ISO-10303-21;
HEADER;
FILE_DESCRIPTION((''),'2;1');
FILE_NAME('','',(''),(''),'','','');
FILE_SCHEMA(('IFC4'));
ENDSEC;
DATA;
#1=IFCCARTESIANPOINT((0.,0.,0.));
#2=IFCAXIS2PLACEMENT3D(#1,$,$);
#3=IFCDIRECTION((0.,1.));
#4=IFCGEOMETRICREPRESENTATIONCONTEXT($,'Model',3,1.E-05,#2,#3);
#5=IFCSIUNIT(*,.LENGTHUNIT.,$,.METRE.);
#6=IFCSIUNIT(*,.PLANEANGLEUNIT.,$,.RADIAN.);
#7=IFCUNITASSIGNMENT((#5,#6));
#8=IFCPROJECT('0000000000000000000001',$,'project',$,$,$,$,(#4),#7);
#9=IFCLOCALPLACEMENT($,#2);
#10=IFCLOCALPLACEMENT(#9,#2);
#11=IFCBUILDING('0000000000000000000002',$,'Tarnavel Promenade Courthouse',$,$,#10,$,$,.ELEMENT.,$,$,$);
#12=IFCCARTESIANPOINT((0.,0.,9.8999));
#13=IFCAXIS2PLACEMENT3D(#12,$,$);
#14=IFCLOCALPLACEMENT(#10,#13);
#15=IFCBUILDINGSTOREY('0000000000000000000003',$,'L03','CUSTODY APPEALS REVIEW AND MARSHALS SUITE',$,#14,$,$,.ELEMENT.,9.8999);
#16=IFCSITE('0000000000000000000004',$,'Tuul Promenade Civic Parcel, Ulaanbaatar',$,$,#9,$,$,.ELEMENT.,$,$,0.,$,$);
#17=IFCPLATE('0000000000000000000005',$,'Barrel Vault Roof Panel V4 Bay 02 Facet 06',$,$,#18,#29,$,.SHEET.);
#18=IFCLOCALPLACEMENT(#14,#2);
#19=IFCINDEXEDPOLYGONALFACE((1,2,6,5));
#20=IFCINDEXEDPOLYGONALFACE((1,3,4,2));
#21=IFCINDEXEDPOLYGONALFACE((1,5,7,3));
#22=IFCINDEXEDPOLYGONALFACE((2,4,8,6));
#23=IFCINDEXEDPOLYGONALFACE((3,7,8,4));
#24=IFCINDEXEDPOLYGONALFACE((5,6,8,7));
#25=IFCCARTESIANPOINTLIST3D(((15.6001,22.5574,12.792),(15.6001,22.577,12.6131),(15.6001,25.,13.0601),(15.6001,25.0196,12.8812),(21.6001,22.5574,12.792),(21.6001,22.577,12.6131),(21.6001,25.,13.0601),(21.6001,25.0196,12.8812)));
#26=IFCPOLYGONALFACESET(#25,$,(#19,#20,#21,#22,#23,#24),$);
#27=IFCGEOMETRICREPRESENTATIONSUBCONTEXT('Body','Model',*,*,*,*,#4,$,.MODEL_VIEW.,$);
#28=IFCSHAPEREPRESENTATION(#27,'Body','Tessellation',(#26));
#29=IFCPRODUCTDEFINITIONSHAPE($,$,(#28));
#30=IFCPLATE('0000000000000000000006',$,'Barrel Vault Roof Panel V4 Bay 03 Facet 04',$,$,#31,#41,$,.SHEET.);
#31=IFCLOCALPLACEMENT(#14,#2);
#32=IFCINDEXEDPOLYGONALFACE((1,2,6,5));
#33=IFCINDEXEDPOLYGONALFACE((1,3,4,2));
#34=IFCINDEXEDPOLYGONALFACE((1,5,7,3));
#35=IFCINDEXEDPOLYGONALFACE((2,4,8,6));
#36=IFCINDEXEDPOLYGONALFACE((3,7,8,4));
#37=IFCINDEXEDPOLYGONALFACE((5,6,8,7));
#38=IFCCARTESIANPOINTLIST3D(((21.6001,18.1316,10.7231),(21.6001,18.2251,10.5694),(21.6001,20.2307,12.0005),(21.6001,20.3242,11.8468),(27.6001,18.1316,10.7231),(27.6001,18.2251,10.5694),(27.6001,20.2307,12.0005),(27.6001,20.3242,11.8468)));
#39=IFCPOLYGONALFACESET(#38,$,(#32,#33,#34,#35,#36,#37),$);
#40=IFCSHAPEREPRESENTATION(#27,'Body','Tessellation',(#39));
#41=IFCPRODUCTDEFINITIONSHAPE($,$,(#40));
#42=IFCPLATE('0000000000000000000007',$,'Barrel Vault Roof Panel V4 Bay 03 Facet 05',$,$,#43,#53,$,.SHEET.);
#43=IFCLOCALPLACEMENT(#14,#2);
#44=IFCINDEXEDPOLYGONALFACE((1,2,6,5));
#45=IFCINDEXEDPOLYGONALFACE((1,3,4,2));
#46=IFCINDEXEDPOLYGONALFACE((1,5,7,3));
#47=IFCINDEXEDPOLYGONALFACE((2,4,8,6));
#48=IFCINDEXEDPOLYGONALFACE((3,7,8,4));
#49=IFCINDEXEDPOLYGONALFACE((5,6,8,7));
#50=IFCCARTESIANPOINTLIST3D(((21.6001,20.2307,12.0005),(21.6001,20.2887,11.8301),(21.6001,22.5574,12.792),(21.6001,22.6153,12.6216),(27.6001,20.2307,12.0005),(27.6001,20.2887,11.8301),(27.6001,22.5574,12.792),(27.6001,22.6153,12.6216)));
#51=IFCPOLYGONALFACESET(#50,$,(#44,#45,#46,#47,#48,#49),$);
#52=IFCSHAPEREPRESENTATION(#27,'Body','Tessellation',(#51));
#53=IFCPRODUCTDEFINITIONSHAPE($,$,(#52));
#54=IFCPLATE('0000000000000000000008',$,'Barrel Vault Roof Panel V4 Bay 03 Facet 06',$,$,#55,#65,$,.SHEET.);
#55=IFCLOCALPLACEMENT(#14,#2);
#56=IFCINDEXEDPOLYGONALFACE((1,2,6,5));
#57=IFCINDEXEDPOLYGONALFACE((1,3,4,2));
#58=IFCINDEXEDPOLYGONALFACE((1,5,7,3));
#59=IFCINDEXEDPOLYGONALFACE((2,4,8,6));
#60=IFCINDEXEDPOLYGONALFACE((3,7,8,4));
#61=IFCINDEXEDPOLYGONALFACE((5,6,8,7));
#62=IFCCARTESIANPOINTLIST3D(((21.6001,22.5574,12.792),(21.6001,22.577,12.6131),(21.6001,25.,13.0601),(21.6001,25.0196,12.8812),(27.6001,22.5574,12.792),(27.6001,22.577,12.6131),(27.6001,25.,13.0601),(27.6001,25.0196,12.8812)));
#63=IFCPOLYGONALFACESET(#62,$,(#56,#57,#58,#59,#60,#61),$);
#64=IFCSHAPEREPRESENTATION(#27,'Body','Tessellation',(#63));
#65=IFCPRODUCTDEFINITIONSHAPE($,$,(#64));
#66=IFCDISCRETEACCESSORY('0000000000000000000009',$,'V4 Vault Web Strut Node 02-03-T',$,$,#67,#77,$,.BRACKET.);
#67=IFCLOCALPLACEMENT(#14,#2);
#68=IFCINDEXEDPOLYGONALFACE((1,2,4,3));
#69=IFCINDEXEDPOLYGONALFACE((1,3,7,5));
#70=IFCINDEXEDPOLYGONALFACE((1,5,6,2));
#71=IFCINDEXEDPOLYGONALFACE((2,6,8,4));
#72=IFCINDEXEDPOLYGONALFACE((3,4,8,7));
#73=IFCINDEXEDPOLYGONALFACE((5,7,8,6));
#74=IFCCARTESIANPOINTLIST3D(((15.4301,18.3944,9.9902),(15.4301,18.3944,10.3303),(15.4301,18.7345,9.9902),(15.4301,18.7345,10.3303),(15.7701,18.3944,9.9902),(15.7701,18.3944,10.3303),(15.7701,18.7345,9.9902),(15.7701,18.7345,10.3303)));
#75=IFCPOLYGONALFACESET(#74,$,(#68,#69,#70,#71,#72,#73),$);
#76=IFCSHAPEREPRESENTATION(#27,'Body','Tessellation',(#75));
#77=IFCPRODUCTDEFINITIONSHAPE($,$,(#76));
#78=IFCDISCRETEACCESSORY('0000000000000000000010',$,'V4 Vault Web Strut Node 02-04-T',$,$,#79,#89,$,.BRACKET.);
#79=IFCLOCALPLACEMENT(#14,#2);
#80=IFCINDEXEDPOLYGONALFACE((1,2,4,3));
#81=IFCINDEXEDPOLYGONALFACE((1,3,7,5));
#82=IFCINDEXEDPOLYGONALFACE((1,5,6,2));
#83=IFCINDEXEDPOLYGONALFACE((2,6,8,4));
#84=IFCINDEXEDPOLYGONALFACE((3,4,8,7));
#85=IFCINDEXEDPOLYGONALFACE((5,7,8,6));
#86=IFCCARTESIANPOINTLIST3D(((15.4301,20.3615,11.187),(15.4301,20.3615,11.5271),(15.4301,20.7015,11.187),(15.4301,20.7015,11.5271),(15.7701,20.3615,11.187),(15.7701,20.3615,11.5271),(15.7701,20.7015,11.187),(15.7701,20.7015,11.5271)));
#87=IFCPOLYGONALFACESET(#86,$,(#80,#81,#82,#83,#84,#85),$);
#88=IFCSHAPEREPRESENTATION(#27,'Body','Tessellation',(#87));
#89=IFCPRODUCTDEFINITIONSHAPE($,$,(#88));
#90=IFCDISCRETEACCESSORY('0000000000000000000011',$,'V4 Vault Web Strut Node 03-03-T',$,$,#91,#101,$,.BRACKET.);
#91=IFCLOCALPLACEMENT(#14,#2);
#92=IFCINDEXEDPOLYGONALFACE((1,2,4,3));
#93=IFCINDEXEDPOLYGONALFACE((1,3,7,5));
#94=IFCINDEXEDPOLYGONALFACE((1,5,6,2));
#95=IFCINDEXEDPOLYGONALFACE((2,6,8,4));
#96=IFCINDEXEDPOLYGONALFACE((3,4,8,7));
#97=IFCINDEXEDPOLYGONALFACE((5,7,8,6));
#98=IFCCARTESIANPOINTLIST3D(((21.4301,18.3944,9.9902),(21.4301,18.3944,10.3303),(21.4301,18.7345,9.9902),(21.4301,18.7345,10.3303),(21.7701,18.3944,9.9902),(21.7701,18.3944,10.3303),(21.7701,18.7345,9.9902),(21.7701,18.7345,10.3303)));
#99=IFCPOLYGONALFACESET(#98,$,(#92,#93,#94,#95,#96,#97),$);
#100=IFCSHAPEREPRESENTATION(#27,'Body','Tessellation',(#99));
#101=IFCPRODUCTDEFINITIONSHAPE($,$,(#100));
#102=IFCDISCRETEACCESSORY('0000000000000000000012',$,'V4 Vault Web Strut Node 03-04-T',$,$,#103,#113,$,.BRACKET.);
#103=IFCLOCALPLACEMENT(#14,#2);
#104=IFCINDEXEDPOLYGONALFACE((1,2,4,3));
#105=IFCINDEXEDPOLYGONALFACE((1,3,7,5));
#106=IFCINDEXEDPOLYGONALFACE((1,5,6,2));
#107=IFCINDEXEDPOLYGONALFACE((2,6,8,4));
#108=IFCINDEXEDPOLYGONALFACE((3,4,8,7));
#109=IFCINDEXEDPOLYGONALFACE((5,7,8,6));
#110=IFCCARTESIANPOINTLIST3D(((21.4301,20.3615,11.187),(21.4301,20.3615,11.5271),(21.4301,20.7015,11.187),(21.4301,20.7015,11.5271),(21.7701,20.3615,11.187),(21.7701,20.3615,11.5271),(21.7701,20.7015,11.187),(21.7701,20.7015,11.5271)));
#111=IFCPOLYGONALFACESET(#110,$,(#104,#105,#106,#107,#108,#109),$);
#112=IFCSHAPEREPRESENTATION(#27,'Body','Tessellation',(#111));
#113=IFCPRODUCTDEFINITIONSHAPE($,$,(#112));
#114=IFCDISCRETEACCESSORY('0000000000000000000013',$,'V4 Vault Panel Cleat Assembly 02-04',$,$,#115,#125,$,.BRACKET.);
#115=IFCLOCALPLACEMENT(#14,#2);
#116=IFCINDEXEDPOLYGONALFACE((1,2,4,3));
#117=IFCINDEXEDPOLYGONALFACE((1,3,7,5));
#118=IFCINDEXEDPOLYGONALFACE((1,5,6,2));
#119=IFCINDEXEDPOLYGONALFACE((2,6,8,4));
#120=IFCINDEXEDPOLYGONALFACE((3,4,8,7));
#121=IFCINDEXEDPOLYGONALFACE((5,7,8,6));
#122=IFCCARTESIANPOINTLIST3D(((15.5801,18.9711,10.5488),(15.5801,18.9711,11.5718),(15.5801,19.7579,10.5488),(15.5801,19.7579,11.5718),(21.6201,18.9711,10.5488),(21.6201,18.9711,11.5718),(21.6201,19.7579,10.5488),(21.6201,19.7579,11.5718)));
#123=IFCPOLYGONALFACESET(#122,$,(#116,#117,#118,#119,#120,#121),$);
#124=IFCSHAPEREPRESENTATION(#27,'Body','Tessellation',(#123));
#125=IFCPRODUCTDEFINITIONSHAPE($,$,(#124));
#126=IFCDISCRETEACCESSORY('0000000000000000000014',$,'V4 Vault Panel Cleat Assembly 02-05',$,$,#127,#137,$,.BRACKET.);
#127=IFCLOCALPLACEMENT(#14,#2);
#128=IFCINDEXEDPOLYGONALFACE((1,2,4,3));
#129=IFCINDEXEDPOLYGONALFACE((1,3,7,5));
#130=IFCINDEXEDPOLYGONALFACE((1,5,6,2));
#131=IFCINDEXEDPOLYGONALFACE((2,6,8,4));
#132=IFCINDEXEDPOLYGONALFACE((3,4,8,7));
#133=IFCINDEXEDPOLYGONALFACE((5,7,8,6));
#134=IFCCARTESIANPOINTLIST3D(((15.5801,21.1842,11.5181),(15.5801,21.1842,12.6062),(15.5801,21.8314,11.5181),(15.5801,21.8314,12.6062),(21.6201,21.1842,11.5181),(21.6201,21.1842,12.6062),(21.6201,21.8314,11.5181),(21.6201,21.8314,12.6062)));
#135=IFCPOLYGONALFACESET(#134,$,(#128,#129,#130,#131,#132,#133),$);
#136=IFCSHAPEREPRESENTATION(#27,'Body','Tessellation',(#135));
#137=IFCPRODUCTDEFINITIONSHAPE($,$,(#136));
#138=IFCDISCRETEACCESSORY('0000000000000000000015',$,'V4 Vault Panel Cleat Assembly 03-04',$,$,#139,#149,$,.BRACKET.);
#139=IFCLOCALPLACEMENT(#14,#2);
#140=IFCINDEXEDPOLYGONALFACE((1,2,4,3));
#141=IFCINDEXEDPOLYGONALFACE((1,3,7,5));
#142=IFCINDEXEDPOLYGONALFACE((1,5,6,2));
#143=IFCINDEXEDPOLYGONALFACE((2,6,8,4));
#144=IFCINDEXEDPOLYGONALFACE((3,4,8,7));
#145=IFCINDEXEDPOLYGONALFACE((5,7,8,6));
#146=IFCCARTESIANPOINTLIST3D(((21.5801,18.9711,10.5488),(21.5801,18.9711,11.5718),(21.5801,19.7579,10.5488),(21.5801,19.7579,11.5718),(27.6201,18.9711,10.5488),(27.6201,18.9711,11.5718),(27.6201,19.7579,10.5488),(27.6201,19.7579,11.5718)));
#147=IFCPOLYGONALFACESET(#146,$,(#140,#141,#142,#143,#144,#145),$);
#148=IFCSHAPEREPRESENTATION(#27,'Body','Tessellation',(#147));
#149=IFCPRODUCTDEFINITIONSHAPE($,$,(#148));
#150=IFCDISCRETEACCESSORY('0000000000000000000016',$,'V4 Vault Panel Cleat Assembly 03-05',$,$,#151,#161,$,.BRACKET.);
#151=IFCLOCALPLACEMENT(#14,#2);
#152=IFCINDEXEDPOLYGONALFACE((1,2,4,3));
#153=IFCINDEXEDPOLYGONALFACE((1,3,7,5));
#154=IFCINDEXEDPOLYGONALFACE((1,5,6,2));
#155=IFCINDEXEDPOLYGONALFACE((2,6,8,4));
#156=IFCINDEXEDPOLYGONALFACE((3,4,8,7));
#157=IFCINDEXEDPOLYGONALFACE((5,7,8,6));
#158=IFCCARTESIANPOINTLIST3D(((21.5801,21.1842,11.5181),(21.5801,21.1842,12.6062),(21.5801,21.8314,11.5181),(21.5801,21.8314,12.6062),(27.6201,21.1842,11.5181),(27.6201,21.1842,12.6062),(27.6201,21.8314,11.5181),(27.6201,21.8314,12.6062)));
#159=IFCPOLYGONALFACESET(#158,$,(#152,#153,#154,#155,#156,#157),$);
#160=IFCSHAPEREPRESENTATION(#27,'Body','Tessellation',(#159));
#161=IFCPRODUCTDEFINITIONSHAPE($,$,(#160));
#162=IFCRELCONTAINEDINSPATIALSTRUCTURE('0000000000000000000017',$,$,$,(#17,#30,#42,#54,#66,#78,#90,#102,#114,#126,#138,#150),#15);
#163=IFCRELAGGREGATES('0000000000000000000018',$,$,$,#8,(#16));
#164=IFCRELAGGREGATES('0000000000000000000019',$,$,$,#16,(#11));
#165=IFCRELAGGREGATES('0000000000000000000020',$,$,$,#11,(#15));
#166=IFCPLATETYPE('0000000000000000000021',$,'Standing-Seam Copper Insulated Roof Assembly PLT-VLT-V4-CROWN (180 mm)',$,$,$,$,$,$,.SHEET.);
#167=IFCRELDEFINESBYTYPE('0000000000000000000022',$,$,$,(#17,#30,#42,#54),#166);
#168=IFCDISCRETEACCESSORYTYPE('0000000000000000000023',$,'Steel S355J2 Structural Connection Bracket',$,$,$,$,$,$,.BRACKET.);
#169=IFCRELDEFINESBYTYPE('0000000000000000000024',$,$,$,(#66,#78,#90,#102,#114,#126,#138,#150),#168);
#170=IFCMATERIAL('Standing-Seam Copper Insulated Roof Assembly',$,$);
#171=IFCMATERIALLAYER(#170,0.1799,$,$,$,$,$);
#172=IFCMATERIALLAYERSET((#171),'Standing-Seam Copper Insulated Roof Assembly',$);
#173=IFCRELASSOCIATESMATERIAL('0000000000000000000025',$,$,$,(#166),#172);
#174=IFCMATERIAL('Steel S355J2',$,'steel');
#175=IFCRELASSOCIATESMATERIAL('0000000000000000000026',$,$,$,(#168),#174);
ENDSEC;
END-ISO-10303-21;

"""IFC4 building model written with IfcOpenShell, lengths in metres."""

from ifc_helpers import new_model, si_unit, direction, frame, origin, origin_2d, place, context, subcontext, project, spatial, polyline, rectangle, outline, extrude, material, layer, layer_set, type_object, element, save


model = new_model("IFC4")

# Units and contexts
model_context = context("Model", 3, precision=1e-05, world=origin(), true_north=direction((0.0, 1.0)))
body_context = subcontext(model_context, "Body", "Model", "MODEL_VIEW")
ifc_project = project(units=[si_unit("LENGTHUNIT", "METRE"), si_unit("PLANEANGLEUNIT", "RADIAN")], contexts=[model_context])

# Site, building, storey
site_placement = place(None, origin())
site = spatial("IfcSite", under=ifc_project, at=site_placement, Name="Tuul Promenade Civic Parcel, Ulaanbaatar", CompositionType="ELEMENT", RefElevation=0.0)
building_placement = place(site_placement, origin())
building = spatial("IfcBuilding", under=site, at=building_placement, Name="Tarnavel Promenade Courthouse", CompositionType="ELEMENT")
storey_placement = place(building_placement, frame((0.0, 0.0, 9.8999)))
storey = spatial("IfcBuildingStorey", under=building, at=storey_placement, Name="L03", Description="CUSTODY APPEALS REVIEW AND MARSHALS SUITE", CompositionType="ELEMENT", Elevation=9.8999)

# Shared definitions
ifc_material_1 = material(Name="Steel S355J2", Category="steel")

# Plates
ifc_material_2 = material(Name="Standing-Seam Copper Insulated Roof Assembly")
ifc_layer = layer(ifc_material_2, 0.1799)
ifc_layer_set = layer_set([ifc_layer], Name="Standing-Seam Copper Insulated Roof Assembly")
plate_type = type_object("IfcPlateType", Name="Standing-Seam Copper Insulated Roof Assembly PLT-VLT-V4-CROWN (180 mm)", PredefinedType="SHEET", material=ifc_layer_set)
plate_1_placement = place(storey_placement, frame((15.6001, 22.5574, 12.792), z_axis=(0.0, -0.10909, 0.994032), x_axis=(1.0, 0.0, 0.0)))
element("IfcPlate", 1, at=plate_1_placement, inside=storey, type_object=plate_type, Name="Barrel Vault Roof Panel V4 Bay 02 Facet 06", PredefinedType="SHEET", context=body_context, shape_type="SweptSolid", body=[
    extrude(outline(polyline([(0.0, 0.0), (6.0, 0.0), (6.0, 2.4573), (0.0, 2.4573), (0.0, 0.0)])), origin(), (0.0, 0.0, -1.0), 0.1799),
])
plate_2_placement = place(storey_placement, frame((21.6001, 18.1316, 10.7231), z_axis=(0.0, -0.519833, 0.854268), x_axis=(1.0, 0.0, 0.0)))
element("IfcPlate", 2, at=plate_2_placement, inside=storey, type_object=plate_type, Name="Barrel Vault Roof Panel V4 Bay 03 Facet 04", PredefinedType="SHEET", context=body_context, shape_type="SweptSolid", body=[
    extrude(outline(polyline([(0.0, 0.0), (6.0, 0.0), (6.0, 2.4572), (0.0, 2.4572), (0.0, 0.0)])), origin(), (0.0, 0.0, -1.0), 0.1799),
])
plate_3_placement = place(storey_placement, frame((21.6001, 20.2307, 12.0005), z_axis=(0.0, -0.322063, 0.946718), x_axis=(1.0, 0.0, 0.0)))
element("IfcPlate", 3, at=plate_3_placement, inside=storey, type_object=plate_type, Name="Barrel Vault Roof Panel V4 Bay 03 Facet 05", PredefinedType="SHEET", context=body_context, shape_type="SweptSolid", body=[
    extrude(outline(polyline([(0.0, 0.0), (6.0, 0.0), (6.0, 2.4576), (0.0, 2.4576), (0.0, 0.0)])), origin(), (0.0, 0.0, -1.0), 0.1799),
])
plate_4_placement = place(storey_placement, frame((21.6001, 22.5574, 12.792), z_axis=(0.0, -0.10909, 0.994032), x_axis=(1.0, 0.0, 0.0)))
element("IfcPlate", 4, at=plate_4_placement, inside=storey, type_object=plate_type, Name="Barrel Vault Roof Panel V4 Bay 03 Facet 06", PredefinedType="SHEET", context=body_context, shape_type="SweptSolid", body=[
    extrude(outline(polyline([(0.0, 0.0), (6.0, 0.0), (6.0, 2.4573), (0.0, 2.4573), (0.0, 0.0)])), origin(), (0.0, 0.0, -1.0), 0.1799),
])

# Discrete accessories
discrete_accessory_type = type_object("IfcDiscreteAccessoryType", Name="Steel S355J2 Structural Connection Bracket", PredefinedType="BRACKET", material=ifc_material_1)
for number, where, z_axis, x_axis, name in (
    (5, (15.6001, 18.5645, 9.9902), (0.0, 0.0, 1.0), (1.0, 0.0, 0.0), "V4 Vault Web Strut Node 02-03-T"),
    (6, (15.6001, 20.5315, 11.187), (0.0, 0.0, 1.0), (1.0, 0.0, 0.0), "V4 Vault Web Strut Node 02-04-T"),
    (7, (21.6001, 18.5645, 9.9902), (0.0, 0.0, 1.0), (1.0, 0.0, 0.0), "V4 Vault Web Strut Node 03-03-T"),
    (8, (21.6001, 20.5315, 11.187), (0.0, 0.0, 1.0), (1.0, 0.0, 0.0), "V4 Vault Web Strut Node 03-04-T"),
):
    element("IfcDiscreteAccessory", number, at=place(storey_placement, frame(where, z_axis=z_axis, x_axis=x_axis)), inside=storey, type_object=discrete_accessory_type, Name=name, PredefinedType="BRACKET", context=body_context, shape_type="SweptSolid", body=[
        extrude(rectangle(XDim=0.3401, YDim=0.3401, at=origin_2d()), origin(), (0.0, 0.0, 1.0), 0.3401),
    ])
discrete_accessory_1_placement = place(storey_placement, frame((18.6001, 19.3645, 10.5488), z_axis=(0.0, 0.0, 1.0), x_axis=(1.0, 0.0, 0.0)))
element("IfcDiscreteAccessory", 9, at=discrete_accessory_1_placement, inside=storey, type_object=discrete_accessory_type, Name="V4 Vault Panel Cleat Assembly 02-04", PredefinedType="BRACKET", context=body_context, shape_type="SweptSolid", body=[
    extrude(rectangle(XDim=6.04, YDim=0.7869, at=origin_2d()), origin(), (0.0, 0.0, 1.0), 1.0229),
])
discrete_accessory_2_placement = place(storey_placement, frame((18.6001, 21.5078, 11.5181), z_axis=(0.0, 0.0, 1.0), x_axis=(1.0, 0.0, 0.0)))
element("IfcDiscreteAccessory", 10, at=discrete_accessory_2_placement, inside=storey, type_object=discrete_accessory_type, Name="V4 Vault Panel Cleat Assembly 02-05", PredefinedType="BRACKET", context=body_context, shape_type="SweptSolid", body=[
    extrude(rectangle(XDim=6.04, YDim=0.6472, at=origin_2d()), origin(), (0.0, 0.0, 1.0), 1.0881),
])
discrete_accessory_3_placement = place(storey_placement, frame((24.6001, 19.3645, 10.5488), z_axis=(0.0, 0.0, 1.0), x_axis=(1.0, 0.0, 0.0)))
element("IfcDiscreteAccessory", 11, at=discrete_accessory_3_placement, inside=storey, type_object=discrete_accessory_type, Name="V4 Vault Panel Cleat Assembly 03-04", PredefinedType="BRACKET", context=body_context, shape_type="SweptSolid", body=[
    extrude(rectangle(XDim=6.04, YDim=0.7869, at=origin_2d()), origin(), (0.0, 0.0, 1.0), 1.0229),
])
discrete_accessory_4_placement = place(storey_placement, frame((24.6001, 21.5078, 11.5181), z_axis=(0.0, 0.0, 1.0), x_axis=(1.0, 0.0, 0.0)))
element("IfcDiscreteAccessory", 12, at=discrete_accessory_4_placement, inside=storey, type_object=discrete_accessory_type, Name="V4 Vault Panel Cleat Assembly 03-05", PredefinedType="BRACKET", context=body_context, shape_type="SweptSolid", body=[
    extrude(rectangle(XDim=6.04, YDim=0.6472, at=origin_2d()), origin(), (0.0, 0.0, 1.0), 1.0881),
])

save(model, "model.ifc")
